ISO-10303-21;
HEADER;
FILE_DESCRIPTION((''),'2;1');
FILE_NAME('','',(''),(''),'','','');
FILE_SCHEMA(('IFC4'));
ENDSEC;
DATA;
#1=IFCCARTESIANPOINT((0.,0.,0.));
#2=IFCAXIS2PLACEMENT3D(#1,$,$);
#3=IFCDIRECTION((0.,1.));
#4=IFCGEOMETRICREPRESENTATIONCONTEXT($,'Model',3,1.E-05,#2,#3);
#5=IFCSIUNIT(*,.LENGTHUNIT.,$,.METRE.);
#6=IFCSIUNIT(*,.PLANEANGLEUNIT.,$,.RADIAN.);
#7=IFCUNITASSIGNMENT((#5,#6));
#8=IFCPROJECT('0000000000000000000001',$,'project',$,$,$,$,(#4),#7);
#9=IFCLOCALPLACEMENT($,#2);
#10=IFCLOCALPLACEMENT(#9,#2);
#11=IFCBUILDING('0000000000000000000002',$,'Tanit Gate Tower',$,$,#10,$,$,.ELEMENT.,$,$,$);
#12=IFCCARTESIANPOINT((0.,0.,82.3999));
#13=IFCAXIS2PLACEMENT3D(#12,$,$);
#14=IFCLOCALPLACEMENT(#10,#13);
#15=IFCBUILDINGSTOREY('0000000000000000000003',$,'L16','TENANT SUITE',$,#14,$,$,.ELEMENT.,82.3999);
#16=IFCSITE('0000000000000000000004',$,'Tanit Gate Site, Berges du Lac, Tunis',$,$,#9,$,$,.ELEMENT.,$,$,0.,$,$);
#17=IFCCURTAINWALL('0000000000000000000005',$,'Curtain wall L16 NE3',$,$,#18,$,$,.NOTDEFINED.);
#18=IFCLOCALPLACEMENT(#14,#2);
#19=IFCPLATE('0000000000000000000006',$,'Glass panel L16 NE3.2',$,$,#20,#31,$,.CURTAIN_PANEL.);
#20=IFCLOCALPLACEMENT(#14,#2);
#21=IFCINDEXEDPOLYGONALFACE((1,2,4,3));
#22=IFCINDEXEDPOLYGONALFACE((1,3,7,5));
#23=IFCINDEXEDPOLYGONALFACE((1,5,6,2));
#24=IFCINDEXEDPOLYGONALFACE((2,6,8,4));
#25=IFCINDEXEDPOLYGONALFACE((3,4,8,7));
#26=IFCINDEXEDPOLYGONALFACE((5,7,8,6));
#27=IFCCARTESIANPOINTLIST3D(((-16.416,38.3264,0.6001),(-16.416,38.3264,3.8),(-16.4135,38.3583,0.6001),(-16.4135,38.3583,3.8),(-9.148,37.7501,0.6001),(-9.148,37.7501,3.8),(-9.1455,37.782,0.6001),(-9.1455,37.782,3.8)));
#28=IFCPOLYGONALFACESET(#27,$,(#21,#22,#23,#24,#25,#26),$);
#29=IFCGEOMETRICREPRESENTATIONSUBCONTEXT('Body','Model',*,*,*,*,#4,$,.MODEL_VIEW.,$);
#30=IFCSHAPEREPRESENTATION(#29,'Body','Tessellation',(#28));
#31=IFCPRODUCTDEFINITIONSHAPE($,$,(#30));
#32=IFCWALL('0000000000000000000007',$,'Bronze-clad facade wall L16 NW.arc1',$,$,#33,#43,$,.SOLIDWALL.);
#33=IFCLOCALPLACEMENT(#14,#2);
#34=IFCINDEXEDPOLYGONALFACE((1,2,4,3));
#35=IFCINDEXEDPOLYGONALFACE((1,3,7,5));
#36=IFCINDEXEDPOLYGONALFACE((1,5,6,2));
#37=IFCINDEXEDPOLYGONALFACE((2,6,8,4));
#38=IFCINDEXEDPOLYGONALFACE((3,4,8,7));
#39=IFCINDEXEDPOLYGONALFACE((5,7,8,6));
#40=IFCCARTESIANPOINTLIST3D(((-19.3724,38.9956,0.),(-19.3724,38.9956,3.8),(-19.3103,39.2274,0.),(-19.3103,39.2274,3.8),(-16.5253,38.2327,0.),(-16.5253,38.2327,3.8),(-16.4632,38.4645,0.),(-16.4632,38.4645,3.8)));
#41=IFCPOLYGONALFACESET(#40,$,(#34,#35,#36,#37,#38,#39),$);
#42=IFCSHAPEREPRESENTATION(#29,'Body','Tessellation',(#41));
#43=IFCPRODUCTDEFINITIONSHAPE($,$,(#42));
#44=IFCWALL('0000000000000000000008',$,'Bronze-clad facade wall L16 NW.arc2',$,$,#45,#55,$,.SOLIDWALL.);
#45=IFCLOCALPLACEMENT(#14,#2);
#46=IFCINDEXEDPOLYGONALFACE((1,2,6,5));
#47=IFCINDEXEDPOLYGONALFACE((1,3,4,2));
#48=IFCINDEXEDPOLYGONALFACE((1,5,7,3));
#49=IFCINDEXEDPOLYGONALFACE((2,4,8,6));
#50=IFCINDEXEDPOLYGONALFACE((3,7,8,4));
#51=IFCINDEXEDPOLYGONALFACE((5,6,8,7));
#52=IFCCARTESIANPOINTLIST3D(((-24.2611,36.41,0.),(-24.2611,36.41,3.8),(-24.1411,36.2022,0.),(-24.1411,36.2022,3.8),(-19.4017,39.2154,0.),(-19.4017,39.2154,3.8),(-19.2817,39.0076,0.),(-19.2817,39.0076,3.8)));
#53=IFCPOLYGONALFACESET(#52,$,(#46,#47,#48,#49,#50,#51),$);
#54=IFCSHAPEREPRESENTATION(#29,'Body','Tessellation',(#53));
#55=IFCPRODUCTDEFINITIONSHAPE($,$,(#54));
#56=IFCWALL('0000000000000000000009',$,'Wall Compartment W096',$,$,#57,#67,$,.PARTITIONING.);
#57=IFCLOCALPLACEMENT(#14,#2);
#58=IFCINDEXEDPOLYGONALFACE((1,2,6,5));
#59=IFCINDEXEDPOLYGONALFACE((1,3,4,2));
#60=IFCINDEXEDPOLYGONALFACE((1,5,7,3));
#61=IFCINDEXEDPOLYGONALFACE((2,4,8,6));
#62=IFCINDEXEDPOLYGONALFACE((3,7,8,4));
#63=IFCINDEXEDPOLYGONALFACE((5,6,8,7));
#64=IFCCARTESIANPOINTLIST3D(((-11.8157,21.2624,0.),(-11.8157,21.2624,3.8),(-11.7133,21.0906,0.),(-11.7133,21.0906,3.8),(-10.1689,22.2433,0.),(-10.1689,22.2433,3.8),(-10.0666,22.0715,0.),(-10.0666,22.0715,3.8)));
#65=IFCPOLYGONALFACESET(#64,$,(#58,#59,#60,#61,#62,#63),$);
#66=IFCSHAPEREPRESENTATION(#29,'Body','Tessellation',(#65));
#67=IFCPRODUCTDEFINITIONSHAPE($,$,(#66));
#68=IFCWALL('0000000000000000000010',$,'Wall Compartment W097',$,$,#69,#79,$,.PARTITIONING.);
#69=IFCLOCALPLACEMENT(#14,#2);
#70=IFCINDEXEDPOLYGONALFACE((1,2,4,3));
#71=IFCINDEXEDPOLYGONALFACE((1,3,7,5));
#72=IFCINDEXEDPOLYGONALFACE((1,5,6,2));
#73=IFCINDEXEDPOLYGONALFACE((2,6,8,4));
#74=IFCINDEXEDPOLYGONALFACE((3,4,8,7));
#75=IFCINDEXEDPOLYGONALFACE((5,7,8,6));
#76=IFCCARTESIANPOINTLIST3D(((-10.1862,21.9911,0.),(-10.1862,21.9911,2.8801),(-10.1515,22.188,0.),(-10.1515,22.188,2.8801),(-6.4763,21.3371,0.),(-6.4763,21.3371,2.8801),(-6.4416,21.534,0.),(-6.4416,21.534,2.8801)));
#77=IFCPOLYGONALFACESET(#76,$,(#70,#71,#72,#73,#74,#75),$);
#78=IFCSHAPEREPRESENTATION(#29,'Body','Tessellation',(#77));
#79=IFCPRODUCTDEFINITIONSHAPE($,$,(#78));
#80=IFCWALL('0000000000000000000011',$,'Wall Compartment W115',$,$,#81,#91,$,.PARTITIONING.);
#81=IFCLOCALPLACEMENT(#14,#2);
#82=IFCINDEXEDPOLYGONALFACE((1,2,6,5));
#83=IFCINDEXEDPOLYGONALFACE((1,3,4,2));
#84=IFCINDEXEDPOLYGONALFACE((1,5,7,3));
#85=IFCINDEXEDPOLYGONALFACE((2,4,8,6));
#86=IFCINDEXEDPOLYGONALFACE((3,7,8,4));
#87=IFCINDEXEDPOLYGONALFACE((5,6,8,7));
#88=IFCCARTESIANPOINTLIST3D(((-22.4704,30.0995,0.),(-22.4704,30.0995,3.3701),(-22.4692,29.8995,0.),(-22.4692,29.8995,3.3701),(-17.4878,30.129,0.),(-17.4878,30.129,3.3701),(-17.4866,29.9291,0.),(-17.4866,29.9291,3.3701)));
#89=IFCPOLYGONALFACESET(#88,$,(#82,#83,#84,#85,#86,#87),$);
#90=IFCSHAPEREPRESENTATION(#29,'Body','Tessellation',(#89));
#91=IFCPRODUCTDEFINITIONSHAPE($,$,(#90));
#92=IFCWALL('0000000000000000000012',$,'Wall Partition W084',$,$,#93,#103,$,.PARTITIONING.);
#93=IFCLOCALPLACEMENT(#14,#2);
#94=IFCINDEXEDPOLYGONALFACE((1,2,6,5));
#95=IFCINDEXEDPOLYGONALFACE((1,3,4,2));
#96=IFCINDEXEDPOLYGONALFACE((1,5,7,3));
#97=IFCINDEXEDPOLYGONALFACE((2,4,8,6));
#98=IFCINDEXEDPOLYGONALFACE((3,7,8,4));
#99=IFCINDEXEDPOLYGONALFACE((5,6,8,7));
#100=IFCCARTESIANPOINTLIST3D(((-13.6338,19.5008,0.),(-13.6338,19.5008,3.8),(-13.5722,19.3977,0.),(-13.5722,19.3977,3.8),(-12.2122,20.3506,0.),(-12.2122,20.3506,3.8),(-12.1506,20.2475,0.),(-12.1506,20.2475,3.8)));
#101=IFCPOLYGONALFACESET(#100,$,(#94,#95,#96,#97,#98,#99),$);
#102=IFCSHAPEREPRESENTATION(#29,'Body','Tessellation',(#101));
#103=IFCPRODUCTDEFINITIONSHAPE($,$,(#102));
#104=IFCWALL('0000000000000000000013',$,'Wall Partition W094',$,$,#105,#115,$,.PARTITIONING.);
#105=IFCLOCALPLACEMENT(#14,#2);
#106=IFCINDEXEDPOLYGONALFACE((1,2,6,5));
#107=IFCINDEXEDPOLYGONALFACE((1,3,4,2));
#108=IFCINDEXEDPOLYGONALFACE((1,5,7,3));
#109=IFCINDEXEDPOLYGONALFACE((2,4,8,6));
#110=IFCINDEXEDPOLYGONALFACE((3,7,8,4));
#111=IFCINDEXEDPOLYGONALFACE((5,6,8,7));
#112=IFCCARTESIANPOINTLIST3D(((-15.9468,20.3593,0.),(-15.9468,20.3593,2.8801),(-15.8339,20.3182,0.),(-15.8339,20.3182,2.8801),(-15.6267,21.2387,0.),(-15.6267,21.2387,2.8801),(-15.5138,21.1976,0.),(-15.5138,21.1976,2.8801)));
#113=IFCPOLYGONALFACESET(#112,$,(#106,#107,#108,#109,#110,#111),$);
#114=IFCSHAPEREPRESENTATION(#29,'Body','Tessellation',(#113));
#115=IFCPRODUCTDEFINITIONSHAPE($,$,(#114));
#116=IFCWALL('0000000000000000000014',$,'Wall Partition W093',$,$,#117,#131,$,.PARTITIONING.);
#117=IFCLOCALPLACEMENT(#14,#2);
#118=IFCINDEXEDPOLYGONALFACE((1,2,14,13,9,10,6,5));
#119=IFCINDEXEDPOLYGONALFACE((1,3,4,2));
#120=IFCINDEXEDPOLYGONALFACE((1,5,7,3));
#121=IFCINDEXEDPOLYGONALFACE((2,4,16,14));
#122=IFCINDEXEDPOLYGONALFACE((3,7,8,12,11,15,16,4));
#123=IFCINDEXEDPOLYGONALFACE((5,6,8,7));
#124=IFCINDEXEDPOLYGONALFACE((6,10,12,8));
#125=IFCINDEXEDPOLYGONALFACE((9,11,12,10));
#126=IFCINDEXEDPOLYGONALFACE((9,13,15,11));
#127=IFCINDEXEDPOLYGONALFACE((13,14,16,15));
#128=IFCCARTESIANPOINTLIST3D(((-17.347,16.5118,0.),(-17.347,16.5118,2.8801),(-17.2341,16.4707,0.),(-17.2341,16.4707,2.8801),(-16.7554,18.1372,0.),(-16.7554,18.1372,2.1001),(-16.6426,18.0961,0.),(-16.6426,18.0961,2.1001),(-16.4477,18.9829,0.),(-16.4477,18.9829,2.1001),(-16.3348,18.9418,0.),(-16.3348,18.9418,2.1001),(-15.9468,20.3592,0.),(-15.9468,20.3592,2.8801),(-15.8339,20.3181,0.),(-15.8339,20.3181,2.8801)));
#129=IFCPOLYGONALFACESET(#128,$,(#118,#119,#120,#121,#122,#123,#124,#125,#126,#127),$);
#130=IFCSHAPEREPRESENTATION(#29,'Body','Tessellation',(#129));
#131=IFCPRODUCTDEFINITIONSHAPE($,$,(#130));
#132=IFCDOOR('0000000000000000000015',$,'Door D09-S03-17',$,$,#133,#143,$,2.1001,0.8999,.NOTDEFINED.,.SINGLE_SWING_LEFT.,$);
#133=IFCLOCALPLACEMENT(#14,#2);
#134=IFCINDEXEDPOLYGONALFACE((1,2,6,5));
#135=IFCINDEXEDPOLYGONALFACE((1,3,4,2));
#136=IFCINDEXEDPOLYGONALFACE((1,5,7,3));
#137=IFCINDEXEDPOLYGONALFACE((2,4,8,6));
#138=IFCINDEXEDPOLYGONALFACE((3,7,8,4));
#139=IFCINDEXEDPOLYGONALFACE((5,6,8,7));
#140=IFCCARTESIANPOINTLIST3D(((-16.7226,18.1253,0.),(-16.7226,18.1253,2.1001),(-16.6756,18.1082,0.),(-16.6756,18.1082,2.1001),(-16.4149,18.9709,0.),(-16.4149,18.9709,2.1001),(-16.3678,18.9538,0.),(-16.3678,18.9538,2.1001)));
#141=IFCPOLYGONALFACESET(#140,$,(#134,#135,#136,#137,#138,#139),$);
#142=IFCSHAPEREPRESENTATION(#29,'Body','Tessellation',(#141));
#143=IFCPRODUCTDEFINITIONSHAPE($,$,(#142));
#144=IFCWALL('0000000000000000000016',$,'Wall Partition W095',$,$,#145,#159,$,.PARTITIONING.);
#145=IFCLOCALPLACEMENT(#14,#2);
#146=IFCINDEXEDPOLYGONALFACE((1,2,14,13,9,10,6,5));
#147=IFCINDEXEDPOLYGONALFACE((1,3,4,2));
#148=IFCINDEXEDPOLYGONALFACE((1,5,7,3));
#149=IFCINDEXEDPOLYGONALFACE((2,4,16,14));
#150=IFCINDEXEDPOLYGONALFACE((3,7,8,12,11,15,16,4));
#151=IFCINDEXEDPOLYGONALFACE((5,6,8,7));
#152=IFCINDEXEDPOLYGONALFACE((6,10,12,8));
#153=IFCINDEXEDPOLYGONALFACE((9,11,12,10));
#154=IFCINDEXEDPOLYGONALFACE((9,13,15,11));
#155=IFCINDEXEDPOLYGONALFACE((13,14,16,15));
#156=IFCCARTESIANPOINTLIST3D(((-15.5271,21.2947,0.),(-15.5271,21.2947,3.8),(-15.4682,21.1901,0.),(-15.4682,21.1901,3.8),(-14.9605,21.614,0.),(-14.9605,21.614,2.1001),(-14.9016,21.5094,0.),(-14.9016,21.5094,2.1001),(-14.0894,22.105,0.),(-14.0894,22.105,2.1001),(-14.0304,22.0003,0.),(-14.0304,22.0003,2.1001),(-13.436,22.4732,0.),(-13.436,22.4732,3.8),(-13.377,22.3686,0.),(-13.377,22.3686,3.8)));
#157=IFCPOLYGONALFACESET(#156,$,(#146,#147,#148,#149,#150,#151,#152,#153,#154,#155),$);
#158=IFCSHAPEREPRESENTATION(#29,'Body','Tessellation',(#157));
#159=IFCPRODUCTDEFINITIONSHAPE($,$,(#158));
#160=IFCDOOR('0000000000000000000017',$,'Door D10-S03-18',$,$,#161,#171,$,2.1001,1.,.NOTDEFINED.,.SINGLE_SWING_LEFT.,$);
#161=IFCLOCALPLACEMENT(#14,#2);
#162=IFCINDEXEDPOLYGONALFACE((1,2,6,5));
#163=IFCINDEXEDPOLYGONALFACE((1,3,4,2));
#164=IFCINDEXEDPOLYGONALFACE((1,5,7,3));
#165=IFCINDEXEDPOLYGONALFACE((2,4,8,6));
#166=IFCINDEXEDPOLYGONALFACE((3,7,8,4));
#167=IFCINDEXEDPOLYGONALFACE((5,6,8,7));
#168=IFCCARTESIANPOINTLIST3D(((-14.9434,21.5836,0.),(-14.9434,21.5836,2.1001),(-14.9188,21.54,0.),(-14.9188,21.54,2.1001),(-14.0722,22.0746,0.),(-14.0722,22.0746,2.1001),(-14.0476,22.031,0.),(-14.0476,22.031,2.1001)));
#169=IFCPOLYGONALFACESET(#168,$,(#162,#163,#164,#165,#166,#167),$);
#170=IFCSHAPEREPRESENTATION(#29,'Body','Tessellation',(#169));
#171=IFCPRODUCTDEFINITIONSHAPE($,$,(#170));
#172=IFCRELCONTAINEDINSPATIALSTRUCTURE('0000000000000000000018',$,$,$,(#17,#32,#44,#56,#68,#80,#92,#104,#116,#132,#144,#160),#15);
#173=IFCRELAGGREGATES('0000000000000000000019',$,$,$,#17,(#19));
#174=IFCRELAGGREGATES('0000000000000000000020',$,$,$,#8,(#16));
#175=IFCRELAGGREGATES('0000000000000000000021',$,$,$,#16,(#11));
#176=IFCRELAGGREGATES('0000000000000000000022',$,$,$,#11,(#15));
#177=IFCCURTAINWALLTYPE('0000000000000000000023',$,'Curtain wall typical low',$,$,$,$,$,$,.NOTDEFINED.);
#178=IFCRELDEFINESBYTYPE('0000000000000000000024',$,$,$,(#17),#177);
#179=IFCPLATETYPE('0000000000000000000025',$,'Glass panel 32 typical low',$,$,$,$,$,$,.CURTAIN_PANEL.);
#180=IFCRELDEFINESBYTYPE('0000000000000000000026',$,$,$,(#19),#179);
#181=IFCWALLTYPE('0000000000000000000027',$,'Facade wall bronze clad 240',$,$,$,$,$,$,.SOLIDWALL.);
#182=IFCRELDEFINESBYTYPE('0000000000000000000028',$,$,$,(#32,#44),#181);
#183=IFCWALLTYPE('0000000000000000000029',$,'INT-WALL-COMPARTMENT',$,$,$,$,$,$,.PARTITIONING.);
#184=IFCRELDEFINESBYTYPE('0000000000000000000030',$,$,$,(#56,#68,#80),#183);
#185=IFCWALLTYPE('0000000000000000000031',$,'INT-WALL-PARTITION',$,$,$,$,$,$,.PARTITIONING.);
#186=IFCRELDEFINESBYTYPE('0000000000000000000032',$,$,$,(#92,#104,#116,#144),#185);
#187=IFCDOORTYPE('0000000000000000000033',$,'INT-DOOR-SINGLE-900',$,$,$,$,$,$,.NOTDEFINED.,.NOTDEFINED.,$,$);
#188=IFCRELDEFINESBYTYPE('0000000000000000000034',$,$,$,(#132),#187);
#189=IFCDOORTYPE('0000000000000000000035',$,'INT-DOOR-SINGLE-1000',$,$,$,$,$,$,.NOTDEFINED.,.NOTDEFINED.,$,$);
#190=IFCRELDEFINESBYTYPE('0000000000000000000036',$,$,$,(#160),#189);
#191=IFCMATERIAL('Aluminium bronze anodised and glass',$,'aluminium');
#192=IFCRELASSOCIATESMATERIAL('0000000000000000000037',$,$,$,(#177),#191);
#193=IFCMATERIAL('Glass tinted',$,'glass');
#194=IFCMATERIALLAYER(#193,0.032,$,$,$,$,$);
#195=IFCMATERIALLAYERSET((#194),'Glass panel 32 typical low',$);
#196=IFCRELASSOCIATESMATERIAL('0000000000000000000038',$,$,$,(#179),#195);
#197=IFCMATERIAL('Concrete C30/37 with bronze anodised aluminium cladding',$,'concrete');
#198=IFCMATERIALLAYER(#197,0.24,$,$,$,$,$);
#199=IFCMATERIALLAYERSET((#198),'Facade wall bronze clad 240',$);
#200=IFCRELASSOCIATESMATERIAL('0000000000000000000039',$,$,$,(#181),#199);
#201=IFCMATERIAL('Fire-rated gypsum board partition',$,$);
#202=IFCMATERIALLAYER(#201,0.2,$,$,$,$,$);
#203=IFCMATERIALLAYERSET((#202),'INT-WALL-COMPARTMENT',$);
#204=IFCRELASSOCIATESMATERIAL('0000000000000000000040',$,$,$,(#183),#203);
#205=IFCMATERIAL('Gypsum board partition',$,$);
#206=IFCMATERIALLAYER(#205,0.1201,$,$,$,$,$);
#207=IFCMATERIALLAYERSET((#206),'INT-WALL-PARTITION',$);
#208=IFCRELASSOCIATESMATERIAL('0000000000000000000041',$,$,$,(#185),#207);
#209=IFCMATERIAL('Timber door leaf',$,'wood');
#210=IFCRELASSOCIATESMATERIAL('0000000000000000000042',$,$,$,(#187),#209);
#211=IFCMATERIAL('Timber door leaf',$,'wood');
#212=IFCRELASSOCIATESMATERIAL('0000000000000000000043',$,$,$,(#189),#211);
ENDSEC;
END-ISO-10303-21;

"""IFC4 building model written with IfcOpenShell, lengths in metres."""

from ifc_helpers import new_model, si_unit, direction, frame, frame_2d, origin, origin_2d, place, context, subcontext, project, spatial, rectangle, extrude, material, layer, layer_set, type_object, element, fill, aggregate, save


model = new_model("IFC4")

# Units and contexts
model_context = context("Model", 3, precision=1e-05, world=origin(), true_north=direction((0.0, 1.0)))
body_context = subcontext(model_context, "Body", "Model", "MODEL_VIEW")
ifc_project = project(units=[si_unit("LENGTHUNIT", "METRE"), si_unit("PLANEANGLEUNIT", "RADIAN")], contexts=[model_context])

# Site, building, storey
site_placement = place(None, origin())
site = spatial("IfcSite", under=ifc_project, at=site_placement, Name="Tanit Gate Site, Berges du Lac, Tunis", CompositionType="ELEMENT", RefElevation=0.0)
building_placement = place(site_placement, origin())
building = spatial("IfcBuilding", under=site, at=building_placement, Name="Tanit Gate Tower", CompositionType="ELEMENT")
storey_placement = place(building_placement, frame((0.0, 0.0, 82.3999)))
storey = spatial("IfcBuildingStorey", under=building, at=storey_placement, Name="L16", Description="TENANT SUITE", CompositionType="ELEMENT", Elevation=82.3999)

# Curtain wall
ifc_material_1 = material(Name="Aluminium bronze anodised and glass", Category="aluminium")
curtain_wall_type = type_object("IfcCurtainWallType", Name="Curtain wall typical low", PredefinedType="NOTDEFINED", material=ifc_material_1)
curtain_wall_placement = place(storey_placement, origin())
curtain_wall = element("IfcCurtainWall", 1, at=curtain_wall_placement, inside=storey, type_object=curtain_wall_type, Name="Curtain wall L16 NE3", PredefinedType="NOTDEFINED")

# Plate
ifc_material_2 = material(Name="Glass tinted", Category="glass")
ifc_layer_1 = layer(ifc_material_2, 0.032)
ifc_layer_set_1 = layer_set([ifc_layer_1], Name="Glass panel 32 typical low")
plate_type = type_object("IfcPlateType", Name="Glass panel 32 typical low", PredefinedType="CURTAIN_PANEL", material=ifc_layer_set_1)
plate_1_placement = place(storey_placement, frame((-12.7808, 38.0542, 0.6001), z_axis=(0.0, 0.0, 1.0), x_axis=(-0.996871, 0.079045, 0.0)))
plate_1 = element("IfcPlate", 2, at=plate_1_placement, type_object=plate_type, Name="Glass panel L16 NE3.2", PredefinedType="CURTAIN_PANEL", context=body_context, shape_type="SweptSolid", body=[
    extrude(rectangle(XDim=7.2908, YDim=0.032, at=origin_2d()), origin(), (0.0, 0.0, 1.0), 3.2),
])
aggregate(curtain_wall, [plate_1])

# Walls
ifc_material_3 = material(Name="Concrete C30/37 with bronze anodised aluminium cladding", Category="concrete")
ifc_layer_2 = layer(ifc_material_3, 0.24)
ifc_layer_set_2 = layer_set([ifc_layer_2], Name="Facade wall bronze clad 240")
wall_type_1 = type_object("IfcWallType", Name="Facade wall bronze clad 240", PredefinedType="SOLIDWALL", material=ifc_layer_set_2)
wall_1_placement = place(storey_placement, frame((-16.4944, 38.3486, 0.0), z_axis=(0.0, 0.0, 1.0), x_axis=(-0.965922, 0.258833, 0.0)))
element("IfcWall", 3, at=wall_1_placement, inside=storey, type_object=wall_type_1, Name="Bronze-clad facade wall L16 NW.arc1", PredefinedType="SOLIDWALL", context=body_context, shape_type="SweptSolid", body=[
    extrude(rectangle(XDim=2.9475, YDim=0.24, at=frame_2d((1.4736, 0.0))), origin(), (0.0, 0.0, 1.0), 3.8),
])
wall_2_placement = place(storey_placement, frame((-19.3416, 39.1116, 0.0), z_axis=(0.0, 0.0, 1.0), x_axis=(-0.866036, -0.499981, 0.0)))
element("IfcWall", 4, at=wall_2_placement, inside=storey, type_object=wall_type_1, Name="Bronze-clad facade wall L16 NW.arc2", PredefinedType="SOLIDWALL", context=body_context, shape_type="SweptSolid", body=[
    extrude(rectangle(XDim=5.6111, YDim=0.24, at=frame_2d((2.8057, 0.0))), origin(), (0.0, 0.0, 1.0), 3.8),
])
ifc_material_4 = material(Name="Fire-rated gypsum board partition")
ifc_layer_3 = layer(ifc_material_4, 0.2)
ifc_layer_set_3 = layer_set([ifc_layer_3], Name="INT-WALL-COMPARTMENT")
wall_type_2 = type_object("IfcWallType", Name="INT-WALL-COMPARTMENT", PredefinedType="PARTITIONING", material=ifc_layer_set_3)
wall_3_placement = place(storey_placement, frame((-10.1177, 22.1575, 0.0), z_axis=(0.0, 0.0, 1.0), x_axis=(-0.859118, -0.511777, 0.0)))
element("IfcWall", 5, at=wall_3_placement, inside=storey, type_object=wall_type_2, Name="Wall Compartment W096", PredefinedType="PARTITIONING", context=body_context, shape_type="SweptSolid", body=[
    extrude(rectangle(XDim=1.9167, YDim=0.2, at=frame_2d((0.9585, 0.0))), origin(), (0.0, 0.0, 1.0), 3.8),
])
wall_4_placement = place(storey_placement, frame((-6.459, 21.4355, 0.0), z_axis=(0.0, 0.0, 1.0), x_axis=(-0.984813, 0.173619, 0.0)))
element("IfcWall", 6, at=wall_4_placement, inside=storey, type_object=wall_type_2, Name="Wall Compartment W097", PredefinedType="PARTITIONING", context=body_context, shape_type="SweptSolid", body=[
    extrude(rectangle(XDim=3.7671, YDim=0.2, at=frame_2d((1.8835, 0.0))), origin(), (0.0, 0.0, 1.0), 2.8801),
])
wall_5_placement = place(storey_placement, frame((-17.4873, 30.0291, 0.0), z_axis=(0.0, 0.0, 1.0), x_axis=(-0.999982, -0.005929, 0.0)))
element("IfcWall", 7, at=wall_5_placement, inside=storey, type_object=wall_type_2, Name="Wall Compartment W115", PredefinedType="PARTITIONING", context=body_context, shape_type="SweptSolid", body=[
    extrude(rectangle(XDim=4.9827, YDim=0.2, at=frame_2d((2.4912, 0.0))), origin(), (0.0, 0.0, 1.0), 3.3701),
])
ifc_material_5 = material(Name="Gypsum board partition")
ifc_layer_4 = layer(ifc_material_5, 0.1201)
ifc_layer_set_4 = layer_set([ifc_layer_4], Name="INT-WALL-PARTITION")
wall_type_3 = type_object("IfcWallType", Name="INT-WALL-PARTITION", PredefinedType="PARTITIONING", material=ifc_layer_set_4)
wall_6_placement = place(storey_placement, frame((-12.1814, 20.2991, 0.0), z_axis=(0.0, 0.0, 1.0), x_axis=(-0.858324, -0.513108, 0.0)))
element("IfcWall", 8, at=wall_6_placement, inside=storey, type_object=wall_type_3, Name="Wall Partition W084", PredefinedType="PARTITIONING", context=body_context, shape_type="SweptSolid", body=[
    extrude(rectangle(XDim=1.6562, YDim=0.1201, at=frame_2d((0.8281, 0.0))), origin(), (0.0, 0.0, 1.0), 3.8),
])
wall_7_placement = place(storey_placement, frame((-15.5703, 21.218, 0.0), z_axis=(0.0, 0.0, 1.0), x_axis=(-0.342015, -0.939694, 0.0)))
element("IfcWall", 9, at=wall_7_placement, inside=storey, type_object=wall_type_3, Name="Wall Partition W094", PredefinedType="PARTITIONING", context=body_context, shape_type="SweptSolid", body=[
    extrude(rectangle(XDim=0.9358, YDim=0.1201, at=frame_2d((0.4678, 0.0))), origin(), (0.0, 0.0, 1.0), 2.8801),
])

# Walls, openings, doors
wall_8_placement = place(storey_placement, frame((-15.8904, 20.3386, 0.0), z_axis=(0.0, 0.0, 1.0), x_axis=(-0.341978, -0.939708, 0.0)))
wall_8 = element("IfcWall", 10, at=wall_8_placement, inside=storey, type_object=wall_type_3, Name="Wall Partition W093", PredefinedType="PARTITIONING", context=body_context, shape_type="SweptSolid", body=[
    extrude(rectangle(XDim=4.0942, YDim=0.1201, at=frame_2d((2.0471, 0.0))), origin(), (0.0, 0.0, 1.0), 2.8801),
])
opening_1_placement = place(wall_8_placement, frame((1.4646, 0.0, 0.0)))
opening_1 = element("IfcOpeningElement", 11, at=opening_1_placement, cuts=wall_8, PredefinedType="OPENING", context=body_context, shape_type="SweptSolid", body=[
    extrude(rectangle(XDim=0.8999, YDim=2.1001, at=frame_2d((0.45, 1.05))), frame((0.0, 0.0701, 0.0), z_axis=(0.0, -1.0, 0.0), x_axis=(1.0, 0.0, 0.0)), (0.0, 0.0, 1.0), 0.1401),
])
ifc_material_6 = material(Name="Timber door leaf", Category="wood")
door_type_1 = type_object("IfcDoorType", Name="INT-DOOR-SINGLE-900", OperationType="NOTDEFINED", PredefinedType="NOTDEFINED", material=ifc_material_6)
door_1_placement = place(opening_1_placement, origin())
door_1 = element("IfcDoor", 12, at=door_1_placement, inside=storey, type_object=door_type_1, Name="Door D09-S03-17", OperationType="SINGLE_SWING_LEFT", OverallHeight=2.1001, OverallWidth=0.8999, PredefinedType="NOTDEFINED", context=body_context, shape_type="SweptSolid", body=[
    extrude(rectangle(XDim=0.8999, YDim=2.1001, at=frame_2d((0.45, 1.05))), frame((0.0, 0.0249, 0.0), z_axis=(0.0, -1.0, 0.0), x_axis=(1.0, 0.0, 0.0)), (0.0, 0.0, 1.0), 0.05),
])
fill(opening_1, door_1)
wall_9_placement = place(storey_placement, frame((-13.4065, 22.4209, 0.0), z_axis=(0.0, 0.0, 1.0), x_axis=(-0.871176, -0.490971, 0.0)))
wall_9 = element("IfcWall", 13, at=wall_9_placement, inside=storey, type_object=wall_type_3, Name="Wall Partition W095", PredefinedType="PARTITIONING", context=body_context, shape_type="SweptSolid", body=[
    extrude(rectangle(XDim=2.4004, YDim=0.1201, at=frame_2d((1.2002, 0.0))), origin(), (0.0, 0.0, 1.0), 3.8),
])
opening_2_placement = place(wall_9_placement, frame((0.75, 0.0, 0.0)))
opening_2 = element("IfcOpeningElement", 14, at=opening_2_placement, cuts=wall_9, PredefinedType="OPENING", context=body_context, shape_type="SweptSolid", body=[
    extrude(rectangle(XDim=1.0, YDim=2.1001, at=frame_2d((0.5, 1.05))), frame((0.0, 0.0701, 0.0), z_axis=(0.0, -1.0, 0.0), x_axis=(1.0, 0.0, 0.0)), (0.0, 0.0, 1.0), 0.1401),
])
ifc_material_7 = material(Name="Timber door leaf", Category="wood")
door_type_2 = type_object("IfcDoorType", Name="INT-DOOR-SINGLE-1000", OperationType="NOTDEFINED", PredefinedType="NOTDEFINED", material=ifc_material_7)
door_2_placement = place(opening_2_placement, origin())
door_2 = element("IfcDoor", 15, at=door_2_placement, inside=storey, type_object=door_type_2, Name="Door D10-S03-18", OperationType="SINGLE_SWING_LEFT", OverallHeight=2.1001, OverallWidth=1.0, PredefinedType="NOTDEFINED", context=body_context, shape_type="SweptSolid", body=[
    extrude(rectangle(XDim=1.0, YDim=2.1001, at=frame_2d((0.5, 1.05))), frame((0.0, 0.0249, 0.0), z_axis=(0.0, -1.0, 0.0), x_axis=(1.0, 0.0, 0.0)), (0.0, 0.0, 1.0), 0.05),
])
fill(opening_2, door_2)

save(model, "model.ifc")
